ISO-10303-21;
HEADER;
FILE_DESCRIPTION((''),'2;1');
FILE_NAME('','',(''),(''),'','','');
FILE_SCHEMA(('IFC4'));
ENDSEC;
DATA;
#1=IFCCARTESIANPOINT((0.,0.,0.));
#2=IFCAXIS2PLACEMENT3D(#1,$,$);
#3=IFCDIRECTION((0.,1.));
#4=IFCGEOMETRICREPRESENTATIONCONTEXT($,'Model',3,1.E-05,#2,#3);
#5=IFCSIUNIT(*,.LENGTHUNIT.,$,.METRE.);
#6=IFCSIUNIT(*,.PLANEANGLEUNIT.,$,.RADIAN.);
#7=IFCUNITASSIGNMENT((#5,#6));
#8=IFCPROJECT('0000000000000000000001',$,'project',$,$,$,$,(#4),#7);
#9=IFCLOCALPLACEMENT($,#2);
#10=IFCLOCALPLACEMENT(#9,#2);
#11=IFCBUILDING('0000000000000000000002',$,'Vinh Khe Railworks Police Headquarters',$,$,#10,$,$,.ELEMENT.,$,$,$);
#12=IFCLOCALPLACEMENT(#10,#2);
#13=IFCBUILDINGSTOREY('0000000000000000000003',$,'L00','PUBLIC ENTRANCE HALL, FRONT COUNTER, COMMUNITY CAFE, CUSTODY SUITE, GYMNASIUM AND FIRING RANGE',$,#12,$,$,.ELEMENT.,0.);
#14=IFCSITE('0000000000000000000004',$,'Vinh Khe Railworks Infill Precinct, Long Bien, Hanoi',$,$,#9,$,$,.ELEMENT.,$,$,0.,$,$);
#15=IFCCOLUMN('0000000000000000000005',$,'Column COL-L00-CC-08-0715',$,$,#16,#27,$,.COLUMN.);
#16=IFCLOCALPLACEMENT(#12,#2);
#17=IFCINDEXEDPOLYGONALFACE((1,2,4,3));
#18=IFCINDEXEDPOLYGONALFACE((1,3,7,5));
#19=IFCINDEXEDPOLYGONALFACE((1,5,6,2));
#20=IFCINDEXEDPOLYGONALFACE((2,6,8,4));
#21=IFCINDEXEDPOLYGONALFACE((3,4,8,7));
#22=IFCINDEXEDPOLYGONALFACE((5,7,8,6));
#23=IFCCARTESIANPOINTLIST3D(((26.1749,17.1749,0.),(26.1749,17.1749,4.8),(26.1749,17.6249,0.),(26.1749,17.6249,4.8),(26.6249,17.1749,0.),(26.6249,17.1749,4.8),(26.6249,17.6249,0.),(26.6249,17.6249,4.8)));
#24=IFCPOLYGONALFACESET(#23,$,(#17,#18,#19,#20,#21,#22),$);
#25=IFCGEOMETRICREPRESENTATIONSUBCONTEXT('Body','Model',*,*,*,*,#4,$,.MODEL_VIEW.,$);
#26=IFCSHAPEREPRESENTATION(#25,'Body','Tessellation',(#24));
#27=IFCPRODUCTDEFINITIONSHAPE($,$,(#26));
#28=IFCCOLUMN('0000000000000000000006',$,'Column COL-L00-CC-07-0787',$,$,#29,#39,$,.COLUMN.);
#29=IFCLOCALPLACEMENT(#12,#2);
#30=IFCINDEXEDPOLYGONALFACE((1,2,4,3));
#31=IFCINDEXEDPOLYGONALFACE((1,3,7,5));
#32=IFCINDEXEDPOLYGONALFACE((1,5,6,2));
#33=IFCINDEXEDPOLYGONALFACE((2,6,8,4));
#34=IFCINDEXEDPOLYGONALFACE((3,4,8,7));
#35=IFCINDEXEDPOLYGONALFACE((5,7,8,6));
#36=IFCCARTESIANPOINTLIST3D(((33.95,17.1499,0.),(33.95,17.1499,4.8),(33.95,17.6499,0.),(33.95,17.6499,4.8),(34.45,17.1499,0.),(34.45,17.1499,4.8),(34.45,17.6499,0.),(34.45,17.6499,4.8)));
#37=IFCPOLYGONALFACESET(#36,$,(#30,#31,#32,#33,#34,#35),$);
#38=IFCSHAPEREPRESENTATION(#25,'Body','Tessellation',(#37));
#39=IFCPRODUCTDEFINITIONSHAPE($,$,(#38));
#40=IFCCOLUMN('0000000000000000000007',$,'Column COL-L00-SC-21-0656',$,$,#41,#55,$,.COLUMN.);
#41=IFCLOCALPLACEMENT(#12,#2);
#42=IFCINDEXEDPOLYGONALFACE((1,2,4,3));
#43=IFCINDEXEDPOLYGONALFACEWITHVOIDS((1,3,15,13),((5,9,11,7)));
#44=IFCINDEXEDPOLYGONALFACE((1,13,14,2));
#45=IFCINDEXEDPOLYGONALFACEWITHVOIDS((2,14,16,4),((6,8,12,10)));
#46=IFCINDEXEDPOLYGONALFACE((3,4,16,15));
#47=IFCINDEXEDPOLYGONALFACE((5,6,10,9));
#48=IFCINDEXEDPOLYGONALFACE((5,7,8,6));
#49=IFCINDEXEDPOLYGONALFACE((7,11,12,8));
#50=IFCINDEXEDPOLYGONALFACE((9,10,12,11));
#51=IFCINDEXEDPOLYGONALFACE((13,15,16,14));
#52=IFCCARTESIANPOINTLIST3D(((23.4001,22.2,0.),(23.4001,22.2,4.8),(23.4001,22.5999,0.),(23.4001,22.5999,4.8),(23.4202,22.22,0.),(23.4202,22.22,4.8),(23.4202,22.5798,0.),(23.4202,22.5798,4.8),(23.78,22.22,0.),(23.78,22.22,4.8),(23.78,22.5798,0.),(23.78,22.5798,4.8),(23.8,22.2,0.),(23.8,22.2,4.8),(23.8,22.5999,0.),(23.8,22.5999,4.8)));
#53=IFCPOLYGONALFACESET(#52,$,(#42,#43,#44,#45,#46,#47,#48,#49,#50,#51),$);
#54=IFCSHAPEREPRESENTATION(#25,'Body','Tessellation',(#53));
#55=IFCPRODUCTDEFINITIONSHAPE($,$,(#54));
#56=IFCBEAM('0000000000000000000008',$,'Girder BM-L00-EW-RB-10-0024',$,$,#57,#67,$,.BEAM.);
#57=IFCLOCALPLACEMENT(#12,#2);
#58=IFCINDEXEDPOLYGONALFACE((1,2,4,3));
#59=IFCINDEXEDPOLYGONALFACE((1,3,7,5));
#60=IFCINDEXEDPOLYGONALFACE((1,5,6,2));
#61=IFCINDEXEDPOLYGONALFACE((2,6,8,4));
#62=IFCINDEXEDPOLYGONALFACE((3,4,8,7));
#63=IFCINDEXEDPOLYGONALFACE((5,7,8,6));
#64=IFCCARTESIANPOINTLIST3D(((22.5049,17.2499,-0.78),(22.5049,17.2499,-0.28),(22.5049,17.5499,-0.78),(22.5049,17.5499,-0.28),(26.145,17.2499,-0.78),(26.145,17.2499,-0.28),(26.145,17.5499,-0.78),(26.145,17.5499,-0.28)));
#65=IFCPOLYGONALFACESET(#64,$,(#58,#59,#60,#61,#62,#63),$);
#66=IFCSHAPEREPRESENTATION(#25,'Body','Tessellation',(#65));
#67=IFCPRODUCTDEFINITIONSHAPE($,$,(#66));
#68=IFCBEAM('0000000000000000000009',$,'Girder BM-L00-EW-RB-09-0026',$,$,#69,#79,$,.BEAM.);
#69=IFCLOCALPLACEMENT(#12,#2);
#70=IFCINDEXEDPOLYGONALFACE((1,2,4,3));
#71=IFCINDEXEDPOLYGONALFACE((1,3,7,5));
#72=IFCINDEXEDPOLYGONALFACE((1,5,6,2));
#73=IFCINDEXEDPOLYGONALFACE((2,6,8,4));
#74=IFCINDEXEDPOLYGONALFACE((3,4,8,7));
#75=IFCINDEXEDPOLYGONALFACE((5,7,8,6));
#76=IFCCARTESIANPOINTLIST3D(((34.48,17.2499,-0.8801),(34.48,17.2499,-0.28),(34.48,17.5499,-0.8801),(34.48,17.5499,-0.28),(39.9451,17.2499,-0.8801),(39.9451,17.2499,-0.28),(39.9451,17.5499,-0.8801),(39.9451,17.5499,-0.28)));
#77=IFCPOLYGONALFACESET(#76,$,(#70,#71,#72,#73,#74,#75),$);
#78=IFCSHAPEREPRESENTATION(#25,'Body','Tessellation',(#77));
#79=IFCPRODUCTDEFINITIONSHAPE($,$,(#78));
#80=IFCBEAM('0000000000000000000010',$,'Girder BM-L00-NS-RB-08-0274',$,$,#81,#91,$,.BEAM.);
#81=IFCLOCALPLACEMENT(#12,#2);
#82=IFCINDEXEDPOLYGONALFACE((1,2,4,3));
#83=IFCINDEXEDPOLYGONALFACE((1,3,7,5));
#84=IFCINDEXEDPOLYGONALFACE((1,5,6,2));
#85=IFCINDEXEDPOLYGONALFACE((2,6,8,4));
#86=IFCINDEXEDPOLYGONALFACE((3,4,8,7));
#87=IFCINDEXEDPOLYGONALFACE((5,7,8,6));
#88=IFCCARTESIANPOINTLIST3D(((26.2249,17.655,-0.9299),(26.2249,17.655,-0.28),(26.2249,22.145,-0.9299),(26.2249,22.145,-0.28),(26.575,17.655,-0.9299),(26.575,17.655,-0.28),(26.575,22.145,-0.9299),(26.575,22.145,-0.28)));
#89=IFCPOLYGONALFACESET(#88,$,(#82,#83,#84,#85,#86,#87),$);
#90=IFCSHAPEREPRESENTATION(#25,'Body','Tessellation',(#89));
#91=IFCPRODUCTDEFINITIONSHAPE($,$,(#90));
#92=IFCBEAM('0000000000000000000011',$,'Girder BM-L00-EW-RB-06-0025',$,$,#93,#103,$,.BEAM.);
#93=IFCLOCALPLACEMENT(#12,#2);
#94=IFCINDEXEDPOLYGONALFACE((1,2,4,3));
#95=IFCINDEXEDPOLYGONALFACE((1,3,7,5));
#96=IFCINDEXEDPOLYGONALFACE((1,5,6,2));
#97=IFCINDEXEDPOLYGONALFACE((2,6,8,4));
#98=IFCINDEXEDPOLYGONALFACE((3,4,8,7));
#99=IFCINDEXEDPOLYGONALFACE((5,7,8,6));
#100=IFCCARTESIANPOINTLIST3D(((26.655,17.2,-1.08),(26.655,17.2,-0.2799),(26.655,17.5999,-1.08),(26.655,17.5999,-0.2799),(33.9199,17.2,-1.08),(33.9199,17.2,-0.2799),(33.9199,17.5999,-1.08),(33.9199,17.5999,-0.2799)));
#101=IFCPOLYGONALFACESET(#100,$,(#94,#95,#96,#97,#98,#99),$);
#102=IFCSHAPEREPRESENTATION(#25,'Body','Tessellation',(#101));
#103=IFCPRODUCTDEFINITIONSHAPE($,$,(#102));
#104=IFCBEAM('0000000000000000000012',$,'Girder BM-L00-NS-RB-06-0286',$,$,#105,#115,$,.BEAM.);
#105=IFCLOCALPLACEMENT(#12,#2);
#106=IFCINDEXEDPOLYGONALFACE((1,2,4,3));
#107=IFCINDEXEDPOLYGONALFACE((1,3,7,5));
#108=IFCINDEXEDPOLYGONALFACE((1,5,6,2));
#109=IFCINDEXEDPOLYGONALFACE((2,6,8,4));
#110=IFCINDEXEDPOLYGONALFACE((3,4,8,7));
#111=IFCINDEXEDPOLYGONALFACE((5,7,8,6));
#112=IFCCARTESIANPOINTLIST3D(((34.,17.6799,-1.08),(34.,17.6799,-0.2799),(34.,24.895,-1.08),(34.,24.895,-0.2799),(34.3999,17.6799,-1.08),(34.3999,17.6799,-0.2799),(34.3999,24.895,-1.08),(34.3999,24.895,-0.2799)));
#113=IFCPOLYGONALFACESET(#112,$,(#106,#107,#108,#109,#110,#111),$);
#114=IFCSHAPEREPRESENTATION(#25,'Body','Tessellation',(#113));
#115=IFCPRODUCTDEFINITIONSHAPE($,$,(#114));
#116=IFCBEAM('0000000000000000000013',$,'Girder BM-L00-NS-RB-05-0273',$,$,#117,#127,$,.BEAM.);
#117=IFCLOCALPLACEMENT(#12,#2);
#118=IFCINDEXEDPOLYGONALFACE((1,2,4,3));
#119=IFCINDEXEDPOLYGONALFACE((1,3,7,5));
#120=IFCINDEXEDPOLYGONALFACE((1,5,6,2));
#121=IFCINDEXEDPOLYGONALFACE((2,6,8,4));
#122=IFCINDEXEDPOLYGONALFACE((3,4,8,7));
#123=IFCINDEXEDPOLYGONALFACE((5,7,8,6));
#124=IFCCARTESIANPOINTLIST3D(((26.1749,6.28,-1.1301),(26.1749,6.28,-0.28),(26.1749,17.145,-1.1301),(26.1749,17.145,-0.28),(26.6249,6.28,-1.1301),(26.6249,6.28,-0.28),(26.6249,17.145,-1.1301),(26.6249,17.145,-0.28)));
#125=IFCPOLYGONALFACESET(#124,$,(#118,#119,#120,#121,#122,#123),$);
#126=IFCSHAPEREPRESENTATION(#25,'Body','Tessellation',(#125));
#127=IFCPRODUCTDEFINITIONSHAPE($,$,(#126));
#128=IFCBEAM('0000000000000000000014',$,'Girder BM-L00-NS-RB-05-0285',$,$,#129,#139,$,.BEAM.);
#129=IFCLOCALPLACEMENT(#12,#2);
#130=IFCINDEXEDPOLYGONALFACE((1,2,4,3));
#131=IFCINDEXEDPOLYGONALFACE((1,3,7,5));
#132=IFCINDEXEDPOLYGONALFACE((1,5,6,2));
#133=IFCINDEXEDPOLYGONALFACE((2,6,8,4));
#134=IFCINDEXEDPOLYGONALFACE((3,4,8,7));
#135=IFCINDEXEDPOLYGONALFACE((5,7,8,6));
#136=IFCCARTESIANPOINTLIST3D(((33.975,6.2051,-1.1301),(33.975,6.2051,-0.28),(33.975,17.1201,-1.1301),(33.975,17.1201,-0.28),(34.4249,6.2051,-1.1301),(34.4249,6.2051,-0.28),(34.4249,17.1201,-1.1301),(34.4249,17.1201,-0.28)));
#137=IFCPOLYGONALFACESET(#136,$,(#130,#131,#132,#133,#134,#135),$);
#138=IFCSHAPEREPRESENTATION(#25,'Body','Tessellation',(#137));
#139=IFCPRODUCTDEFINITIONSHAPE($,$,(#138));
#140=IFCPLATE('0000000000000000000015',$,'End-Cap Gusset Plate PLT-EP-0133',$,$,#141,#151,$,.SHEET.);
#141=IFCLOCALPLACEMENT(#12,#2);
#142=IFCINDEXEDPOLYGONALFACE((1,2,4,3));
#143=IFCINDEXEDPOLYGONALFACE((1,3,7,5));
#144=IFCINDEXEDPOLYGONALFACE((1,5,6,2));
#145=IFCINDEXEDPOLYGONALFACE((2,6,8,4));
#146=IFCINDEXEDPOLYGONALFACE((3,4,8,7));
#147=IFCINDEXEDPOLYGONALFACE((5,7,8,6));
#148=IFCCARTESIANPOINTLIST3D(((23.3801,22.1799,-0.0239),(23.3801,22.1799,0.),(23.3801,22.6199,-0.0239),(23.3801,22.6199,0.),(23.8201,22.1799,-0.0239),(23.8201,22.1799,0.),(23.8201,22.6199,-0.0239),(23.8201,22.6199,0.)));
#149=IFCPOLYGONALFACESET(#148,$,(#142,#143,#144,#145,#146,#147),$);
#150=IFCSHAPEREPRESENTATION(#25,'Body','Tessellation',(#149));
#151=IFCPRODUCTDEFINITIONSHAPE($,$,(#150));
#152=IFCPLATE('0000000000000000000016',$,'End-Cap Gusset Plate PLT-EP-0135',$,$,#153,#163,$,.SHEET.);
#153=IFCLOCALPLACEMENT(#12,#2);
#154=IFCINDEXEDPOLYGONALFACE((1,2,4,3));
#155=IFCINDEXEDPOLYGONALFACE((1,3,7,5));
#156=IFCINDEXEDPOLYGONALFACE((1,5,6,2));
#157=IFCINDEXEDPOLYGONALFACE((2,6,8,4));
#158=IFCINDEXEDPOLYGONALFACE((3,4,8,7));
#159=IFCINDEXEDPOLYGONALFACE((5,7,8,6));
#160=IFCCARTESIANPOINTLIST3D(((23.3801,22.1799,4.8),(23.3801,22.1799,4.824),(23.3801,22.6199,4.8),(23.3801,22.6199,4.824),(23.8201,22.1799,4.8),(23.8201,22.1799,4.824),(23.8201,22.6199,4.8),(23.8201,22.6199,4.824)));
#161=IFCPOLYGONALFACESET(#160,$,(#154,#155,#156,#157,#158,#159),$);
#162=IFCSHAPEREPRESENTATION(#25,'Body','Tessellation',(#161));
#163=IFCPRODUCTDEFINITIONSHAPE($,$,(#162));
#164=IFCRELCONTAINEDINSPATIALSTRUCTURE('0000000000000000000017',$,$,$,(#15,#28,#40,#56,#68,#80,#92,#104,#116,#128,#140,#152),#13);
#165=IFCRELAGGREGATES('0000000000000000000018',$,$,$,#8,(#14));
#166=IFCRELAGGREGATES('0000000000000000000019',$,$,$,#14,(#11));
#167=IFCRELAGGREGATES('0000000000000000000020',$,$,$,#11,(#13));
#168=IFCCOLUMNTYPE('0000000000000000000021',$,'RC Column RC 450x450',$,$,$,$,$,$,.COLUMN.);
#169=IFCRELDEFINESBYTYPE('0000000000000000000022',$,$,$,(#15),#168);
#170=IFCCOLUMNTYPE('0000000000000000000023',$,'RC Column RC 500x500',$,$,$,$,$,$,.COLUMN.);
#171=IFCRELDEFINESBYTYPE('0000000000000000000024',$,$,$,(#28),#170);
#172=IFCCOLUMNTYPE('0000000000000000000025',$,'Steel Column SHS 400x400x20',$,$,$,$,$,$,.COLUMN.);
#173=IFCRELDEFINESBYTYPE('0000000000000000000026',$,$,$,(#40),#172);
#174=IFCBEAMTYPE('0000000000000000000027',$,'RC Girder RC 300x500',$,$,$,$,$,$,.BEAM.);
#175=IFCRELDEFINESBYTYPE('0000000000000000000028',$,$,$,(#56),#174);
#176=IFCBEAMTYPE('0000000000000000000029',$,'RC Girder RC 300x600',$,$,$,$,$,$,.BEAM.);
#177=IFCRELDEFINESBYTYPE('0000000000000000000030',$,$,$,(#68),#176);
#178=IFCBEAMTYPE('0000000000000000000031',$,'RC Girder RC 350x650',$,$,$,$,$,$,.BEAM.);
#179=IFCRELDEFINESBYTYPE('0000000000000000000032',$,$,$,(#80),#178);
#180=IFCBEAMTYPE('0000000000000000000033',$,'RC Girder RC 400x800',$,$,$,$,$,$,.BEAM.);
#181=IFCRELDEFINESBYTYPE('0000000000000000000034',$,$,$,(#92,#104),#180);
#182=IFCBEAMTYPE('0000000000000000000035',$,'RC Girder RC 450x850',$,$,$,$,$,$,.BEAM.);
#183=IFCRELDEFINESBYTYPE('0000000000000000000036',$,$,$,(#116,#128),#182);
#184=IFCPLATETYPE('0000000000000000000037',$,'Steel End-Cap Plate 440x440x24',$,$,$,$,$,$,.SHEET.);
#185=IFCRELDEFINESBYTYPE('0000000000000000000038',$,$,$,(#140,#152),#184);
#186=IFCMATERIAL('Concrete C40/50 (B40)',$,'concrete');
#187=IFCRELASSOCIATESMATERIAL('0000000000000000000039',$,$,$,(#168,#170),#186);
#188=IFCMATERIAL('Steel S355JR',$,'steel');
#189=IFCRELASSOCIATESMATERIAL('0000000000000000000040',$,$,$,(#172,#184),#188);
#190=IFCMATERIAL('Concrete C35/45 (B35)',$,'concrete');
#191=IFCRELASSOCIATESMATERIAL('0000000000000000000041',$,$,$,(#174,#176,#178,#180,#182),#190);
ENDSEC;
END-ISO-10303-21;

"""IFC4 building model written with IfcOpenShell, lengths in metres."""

from ifc_helpers import new_model, si_unit, direction, frame, origin, origin_2d, place, context, subcontext, project, spatial, rectangle, hollow_rectangle, extrude, material, material_profile, profile_set, type_object, element, save


model = new_model("IFC4")

# Units and contexts
model_context = context("Model", 3, precision=1e-05, world=origin(), true_north=direction((0.0, 1.0)))
body_context = subcontext(model_context, "Body", "Model", "MODEL_VIEW")
ifc_project = project(units=[si_unit("LENGTHUNIT", "METRE"), si_unit("PLANEANGLEUNIT", "RADIAN")], contexts=[model_context])

# Site, building, storey
site_placement = place(None, origin())
site = spatial("IfcSite", under=ifc_project, at=site_placement, Name="Vinh Khe Railworks Infill Precinct, Long Bien, Hanoi", CompositionType="ELEMENT", RefElevation=0.0)
building_placement = place(site_placement, origin())
building = spatial("IfcBuilding", under=site, at=building_placement, Name="Vinh Khe Railworks Police Headquarters", CompositionType="ELEMENT")
storey_placement = place(building_placement, origin())
storey = spatial("IfcBuildingStorey", under=building, at=storey_placement, Name="L00", Description="PUBLIC ENTRANCE HALL, FRONT COUNTER, COMMUNITY CAFE, CUSTODY SUITE, GYMNASIUM AND FIRING RANGE", CompositionType="ELEMENT", Elevation=0.0)

# Columns
ifc_material_1 = material(Name="Concrete C40/50 (B40)", Category="concrete")
ifc_material_profile_1 = material_profile(ifc_material_1, rectangle(XDim=0.45, YDim=0.45, at=origin_2d()), Name="RC 450x450")
ifc_profile_set_1 = profile_set([ifc_material_profile_1], Name="Concrete C40/50 (B40)")
column_type_1 = type_object("IfcColumnType", Name="RC Column RC 450x450", PredefinedType="COLUMN", material=ifc_profile_set_1)
column_1_placement = place(storey_placement, frame((26.3999, 17.3999, 0.0), z_axis=(0.0, 0.0, 1.0), x_axis=(1.0, 0.0, 0.0)))
element("IfcColumn", 1, at=column_1_placement, inside=storey, type_object=column_type_1, Name="Column COL-L00-CC-08-0715", PredefinedType="COLUMN", context=body_context, shape_type="SweptSolid", body=[
    extrude(rectangle(XDim=0.45, YDim=0.45, at=origin_2d()), origin(), (0.0, 0.0, 1.0), 4.8),
])
ifc_material_profile_2 = material_profile(ifc_material_1, rectangle(XDim=0.5, YDim=0.5, at=origin_2d()), Name="RC 500x500")
ifc_profile_set_2 = profile_set([ifc_material_profile_2], Name="Concrete C40/50 (B40)")
column_type_2 = type_object("IfcColumnType", Name="RC Column RC 500x500", PredefinedType="COLUMN", material=ifc_profile_set_2)
column_2_placement = place(storey_placement, frame((34.2, 17.3999, 0.0), z_axis=(0.0, 0.0, 1.0), x_axis=(1.0, 0.0, 0.0)))
element("IfcColumn", 2, at=column_2_placement, inside=storey, type_object=column_type_2, Name="Column COL-L00-CC-07-0787", PredefinedType="COLUMN", context=body_context, shape_type="SweptSolid", body=[
    extrude(rectangle(XDim=0.5, YDim=0.5, at=origin_2d()), origin(), (0.0, 0.0, 1.0), 4.8),
])
ifc_material_2 = material(Name="Steel S355JR", Category="steel")
ifc_material_profile_3 = material_profile(ifc_material_2, hollow_rectangle(XDim=0.3999, YDim=0.3999, WallThickness=0.02, at=origin_2d()), Name="SHS 400x400x20")
ifc_profile_set_3 = profile_set([ifc_material_profile_3], Name="Steel S355JR")
column_type_3 = type_object("IfcColumnType", Name="Steel Column SHS 400x400x20", PredefinedType="COLUMN", material=ifc_profile_set_3)
column_3_placement = place(storey_placement, frame((23.6001, 22.3999, 0.0), z_axis=(0.0, 0.0, 1.0), x_axis=(1.0, 0.0, 0.0)))
element("IfcColumn", 3, at=column_3_placement, inside=storey, type_object=column_type_3, Name="Column COL-L00-SC-21-0656", PredefinedType="COLUMN", context=body_context, shape_type="SweptSolid", body=[
    extrude(hollow_rectangle(XDim=0.3999, YDim=0.3999, WallThickness=0.02, at=origin_2d()), origin(), (0.0, 0.0, 1.0), 4.8),
])

# Beams
ifc_material_3 = material(Name="Concrete C35/45 (B35)", Category="concrete")
ifc_material_profile_4 = material_profile(ifc_material_3, rectangle(XDim=0.3, YDim=0.5, at=origin_2d()), Name="RC 300x500")
ifc_profile_set_4 = profile_set([ifc_material_profile_4], Name="Concrete C35/45 (B35)")
beam_type_1 = type_object("IfcBeamType", Name="RC Girder RC 300x500", PredefinedType="BEAM", material=ifc_profile_set_4)
beam_1_placement = place(storey_placement, frame((22.5049, 17.3999, -0.53), z_axis=(1.0, 0.0, 0.0), x_axis=(0.0, 1.0, 0.0)))
element("IfcBeam", 4, at=beam_1_placement, inside=storey, type_object=beam_type_1, Name="Girder BM-L00-EW-RB-10-0024", PredefinedType="BEAM", context=body_context, shape_type="SweptSolid", body=[
    extrude(rectangle(XDim=0.3, YDim=0.5, at=origin_2d()), origin(), (0.0, 0.0, 1.0), 3.6401),
])
ifc_material_profile_5 = material_profile(ifc_material_3, rectangle(XDim=0.3, YDim=0.6001, at=origin_2d()), Name="RC 300x600")
ifc_profile_set_5 = profile_set([ifc_material_profile_5], Name="Concrete C35/45 (B35)")
beam_type_2 = type_object("IfcBeamType", Name="RC Girder RC 300x600", PredefinedType="BEAM", material=ifc_profile_set_5)
beam_2_placement = place(storey_placement, frame((34.48, 17.3999, -0.5801), z_axis=(1.0, 0.0, 0.0), x_axis=(0.0, 1.0, 0.0)))
element("IfcBeam", 5, at=beam_2_placement, inside=storey, type_object=beam_type_2, Name="Girder BM-L00-EW-RB-09-0026", PredefinedType="BEAM", context=body_context, shape_type="SweptSolid", body=[
    extrude(rectangle(XDim=0.3, YDim=0.6001, at=origin_2d()), origin(), (0.0, 0.0, 1.0), 5.4651),
])
ifc_material_profile_6 = material_profile(ifc_material_3, rectangle(XDim=0.3501, YDim=0.6499, at=origin_2d()), Name="RC 350x650")
ifc_profile_set_6 = profile_set([ifc_material_profile_6], Name="Concrete C35/45 (B35)")
beam_type_3 = type_object("IfcBeamType", Name="RC Girder RC 350x650", PredefinedType="BEAM", material=ifc_profile_set_6)
beam_3_placement = place(storey_placement, frame((26.3999, 17.655, -0.605), z_axis=(0.0, 1.0, 0.0), x_axis=(-1.0, 0.0, 0.0)))
element("IfcBeam", 6, at=beam_3_placement, inside=storey, type_object=beam_type_3, Name="Girder BM-L00-NS-RB-08-0274", PredefinedType="BEAM", context=body_context, shape_type="SweptSolid", body=[
    extrude(rectangle(XDim=0.3501, YDim=0.6499, at=origin_2d()), origin(), (0.0, 0.0, 1.0), 4.49),
])
ifc_material_profile_7 = material_profile(ifc_material_3, rectangle(XDim=0.3999, YDim=0.8, at=origin_2d()), Name="RC 400x800")
ifc_profile_set_7 = profile_set([ifc_material_profile_7], Name="Concrete C35/45 (B35)")
beam_type_4 = type_object("IfcBeamType", Name="RC Girder RC 400x800", PredefinedType="BEAM", material=ifc_profile_set_7)
beam_4_placement = place(storey_placement, frame((26.655, 17.3999, -0.6799), z_axis=(1.0, 0.0, 0.0), x_axis=(0.0, 1.0, 0.0)))
element("IfcBeam", 7, at=beam_4_placement, inside=storey, type_object=beam_type_4, Name="Girder BM-L00-EW-RB-06-0025", PredefinedType="BEAM", context=body_context, shape_type="SweptSolid", body=[
    extrude(rectangle(XDim=0.3999, YDim=0.8, at=origin_2d()), origin(), (0.0, 0.0, 1.0), 7.2649),
])
beam_5_placement = place(storey_placement, frame((34.2, 17.6799, -0.6799), z_axis=(0.0, 1.0, 0.0), x_axis=(-1.0, 0.0, 0.0)))
element("IfcBeam", 8, at=beam_5_placement, inside=storey, type_object=beam_type_4, Name="Girder BM-L00-NS-RB-06-0286", PredefinedType="BEAM", context=body_context, shape_type="SweptSolid", body=[
    extrude(rectangle(XDim=0.3999, YDim=0.8, at=origin_2d()), origin(), (0.0, 0.0, 1.0), 7.2151),
])
ifc_material_profile_8 = material_profile(ifc_material_3, rectangle(XDim=0.45, YDim=0.8501, at=origin_2d()), Name="RC 450x850")
ifc_profile_set_8 = profile_set([ifc_material_profile_8], Name="Concrete C35/45 (B35)")
beam_type_5 = type_object("IfcBeamType", Name="RC Girder RC 450x850", PredefinedType="BEAM", material=ifc_profile_set_8)
beam_6_placement = place(storey_placement, frame((26.3999, 6.28, -0.7051), z_axis=(0.0, 1.0, 0.0), x_axis=(-1.0, 0.0, 0.0)))
element("IfcBeam", 9, at=beam_6_placement, inside=storey, type_object=beam_type_5, Name="Girder BM-L00-NS-RB-05-0273", PredefinedType="BEAM", context=body_context, shape_type="SweptSolid", body=[
    extrude(rectangle(XDim=0.45, YDim=0.8501, at=origin_2d()), origin(), (0.0, 0.0, 1.0), 10.865),
])
beam_7_placement = place(storey_placement, frame((34.2, 6.2051, -0.7051), z_axis=(0.0, 1.0, 0.0), x_axis=(-1.0, 0.0, 0.0)))
element("IfcBeam", 10, at=beam_7_placement, inside=storey, type_object=beam_type_5, Name="Girder BM-L00-NS-RB-05-0285", PredefinedType="BEAM", context=body_context, shape_type="SweptSolid", body=[
    extrude(rectangle(XDim=0.45, YDim=0.8501, at=origin_2d()), origin(), (0.0, 0.0, 1.0), 10.915),
])

# Plates
ifc_material_profile_9 = material_profile(ifc_material_2, rectangle(XDim=0.4399, YDim=0.4399, at=origin_2d()), Name="PL 440x440")
ifc_profile_set_9 = profile_set([ifc_material_profile_9], Name="Steel S355JR")
plate_type = type_object("IfcPlateType", Name="Steel End-Cap Plate 440x440x24", PredefinedType="SHEET", material=ifc_profile_set_9)
for number, where, z_axis, x_axis, name in (
    (11, (23.6001, 22.3999, 0.0), (0.0, 0.0, -1.0), (1.0, 0.0, 0.0), "End-Cap Gusset Plate PLT-EP-0133"),
    (12, (23.6001, 22.3999, 4.8), (0.0, 0.0, 1.0), (1.0, 0.0, 0.0), "End-Cap Gusset Plate PLT-EP-0135"),
):
    element("IfcPlate", number, at=place(storey_placement, frame(where, z_axis=z_axis, x_axis=x_axis)), inside=storey, type_object=plate_type, Name=name, PredefinedType="SHEET", context=body_context, shape_type="SweptSolid", body=[
        extrude(rectangle(XDim=0.4399, YDim=0.4399, at=origin_2d()), origin(), (0.0, 0.0, 1.0), 0.0239),
    ])

save(model, "model.ifc")
